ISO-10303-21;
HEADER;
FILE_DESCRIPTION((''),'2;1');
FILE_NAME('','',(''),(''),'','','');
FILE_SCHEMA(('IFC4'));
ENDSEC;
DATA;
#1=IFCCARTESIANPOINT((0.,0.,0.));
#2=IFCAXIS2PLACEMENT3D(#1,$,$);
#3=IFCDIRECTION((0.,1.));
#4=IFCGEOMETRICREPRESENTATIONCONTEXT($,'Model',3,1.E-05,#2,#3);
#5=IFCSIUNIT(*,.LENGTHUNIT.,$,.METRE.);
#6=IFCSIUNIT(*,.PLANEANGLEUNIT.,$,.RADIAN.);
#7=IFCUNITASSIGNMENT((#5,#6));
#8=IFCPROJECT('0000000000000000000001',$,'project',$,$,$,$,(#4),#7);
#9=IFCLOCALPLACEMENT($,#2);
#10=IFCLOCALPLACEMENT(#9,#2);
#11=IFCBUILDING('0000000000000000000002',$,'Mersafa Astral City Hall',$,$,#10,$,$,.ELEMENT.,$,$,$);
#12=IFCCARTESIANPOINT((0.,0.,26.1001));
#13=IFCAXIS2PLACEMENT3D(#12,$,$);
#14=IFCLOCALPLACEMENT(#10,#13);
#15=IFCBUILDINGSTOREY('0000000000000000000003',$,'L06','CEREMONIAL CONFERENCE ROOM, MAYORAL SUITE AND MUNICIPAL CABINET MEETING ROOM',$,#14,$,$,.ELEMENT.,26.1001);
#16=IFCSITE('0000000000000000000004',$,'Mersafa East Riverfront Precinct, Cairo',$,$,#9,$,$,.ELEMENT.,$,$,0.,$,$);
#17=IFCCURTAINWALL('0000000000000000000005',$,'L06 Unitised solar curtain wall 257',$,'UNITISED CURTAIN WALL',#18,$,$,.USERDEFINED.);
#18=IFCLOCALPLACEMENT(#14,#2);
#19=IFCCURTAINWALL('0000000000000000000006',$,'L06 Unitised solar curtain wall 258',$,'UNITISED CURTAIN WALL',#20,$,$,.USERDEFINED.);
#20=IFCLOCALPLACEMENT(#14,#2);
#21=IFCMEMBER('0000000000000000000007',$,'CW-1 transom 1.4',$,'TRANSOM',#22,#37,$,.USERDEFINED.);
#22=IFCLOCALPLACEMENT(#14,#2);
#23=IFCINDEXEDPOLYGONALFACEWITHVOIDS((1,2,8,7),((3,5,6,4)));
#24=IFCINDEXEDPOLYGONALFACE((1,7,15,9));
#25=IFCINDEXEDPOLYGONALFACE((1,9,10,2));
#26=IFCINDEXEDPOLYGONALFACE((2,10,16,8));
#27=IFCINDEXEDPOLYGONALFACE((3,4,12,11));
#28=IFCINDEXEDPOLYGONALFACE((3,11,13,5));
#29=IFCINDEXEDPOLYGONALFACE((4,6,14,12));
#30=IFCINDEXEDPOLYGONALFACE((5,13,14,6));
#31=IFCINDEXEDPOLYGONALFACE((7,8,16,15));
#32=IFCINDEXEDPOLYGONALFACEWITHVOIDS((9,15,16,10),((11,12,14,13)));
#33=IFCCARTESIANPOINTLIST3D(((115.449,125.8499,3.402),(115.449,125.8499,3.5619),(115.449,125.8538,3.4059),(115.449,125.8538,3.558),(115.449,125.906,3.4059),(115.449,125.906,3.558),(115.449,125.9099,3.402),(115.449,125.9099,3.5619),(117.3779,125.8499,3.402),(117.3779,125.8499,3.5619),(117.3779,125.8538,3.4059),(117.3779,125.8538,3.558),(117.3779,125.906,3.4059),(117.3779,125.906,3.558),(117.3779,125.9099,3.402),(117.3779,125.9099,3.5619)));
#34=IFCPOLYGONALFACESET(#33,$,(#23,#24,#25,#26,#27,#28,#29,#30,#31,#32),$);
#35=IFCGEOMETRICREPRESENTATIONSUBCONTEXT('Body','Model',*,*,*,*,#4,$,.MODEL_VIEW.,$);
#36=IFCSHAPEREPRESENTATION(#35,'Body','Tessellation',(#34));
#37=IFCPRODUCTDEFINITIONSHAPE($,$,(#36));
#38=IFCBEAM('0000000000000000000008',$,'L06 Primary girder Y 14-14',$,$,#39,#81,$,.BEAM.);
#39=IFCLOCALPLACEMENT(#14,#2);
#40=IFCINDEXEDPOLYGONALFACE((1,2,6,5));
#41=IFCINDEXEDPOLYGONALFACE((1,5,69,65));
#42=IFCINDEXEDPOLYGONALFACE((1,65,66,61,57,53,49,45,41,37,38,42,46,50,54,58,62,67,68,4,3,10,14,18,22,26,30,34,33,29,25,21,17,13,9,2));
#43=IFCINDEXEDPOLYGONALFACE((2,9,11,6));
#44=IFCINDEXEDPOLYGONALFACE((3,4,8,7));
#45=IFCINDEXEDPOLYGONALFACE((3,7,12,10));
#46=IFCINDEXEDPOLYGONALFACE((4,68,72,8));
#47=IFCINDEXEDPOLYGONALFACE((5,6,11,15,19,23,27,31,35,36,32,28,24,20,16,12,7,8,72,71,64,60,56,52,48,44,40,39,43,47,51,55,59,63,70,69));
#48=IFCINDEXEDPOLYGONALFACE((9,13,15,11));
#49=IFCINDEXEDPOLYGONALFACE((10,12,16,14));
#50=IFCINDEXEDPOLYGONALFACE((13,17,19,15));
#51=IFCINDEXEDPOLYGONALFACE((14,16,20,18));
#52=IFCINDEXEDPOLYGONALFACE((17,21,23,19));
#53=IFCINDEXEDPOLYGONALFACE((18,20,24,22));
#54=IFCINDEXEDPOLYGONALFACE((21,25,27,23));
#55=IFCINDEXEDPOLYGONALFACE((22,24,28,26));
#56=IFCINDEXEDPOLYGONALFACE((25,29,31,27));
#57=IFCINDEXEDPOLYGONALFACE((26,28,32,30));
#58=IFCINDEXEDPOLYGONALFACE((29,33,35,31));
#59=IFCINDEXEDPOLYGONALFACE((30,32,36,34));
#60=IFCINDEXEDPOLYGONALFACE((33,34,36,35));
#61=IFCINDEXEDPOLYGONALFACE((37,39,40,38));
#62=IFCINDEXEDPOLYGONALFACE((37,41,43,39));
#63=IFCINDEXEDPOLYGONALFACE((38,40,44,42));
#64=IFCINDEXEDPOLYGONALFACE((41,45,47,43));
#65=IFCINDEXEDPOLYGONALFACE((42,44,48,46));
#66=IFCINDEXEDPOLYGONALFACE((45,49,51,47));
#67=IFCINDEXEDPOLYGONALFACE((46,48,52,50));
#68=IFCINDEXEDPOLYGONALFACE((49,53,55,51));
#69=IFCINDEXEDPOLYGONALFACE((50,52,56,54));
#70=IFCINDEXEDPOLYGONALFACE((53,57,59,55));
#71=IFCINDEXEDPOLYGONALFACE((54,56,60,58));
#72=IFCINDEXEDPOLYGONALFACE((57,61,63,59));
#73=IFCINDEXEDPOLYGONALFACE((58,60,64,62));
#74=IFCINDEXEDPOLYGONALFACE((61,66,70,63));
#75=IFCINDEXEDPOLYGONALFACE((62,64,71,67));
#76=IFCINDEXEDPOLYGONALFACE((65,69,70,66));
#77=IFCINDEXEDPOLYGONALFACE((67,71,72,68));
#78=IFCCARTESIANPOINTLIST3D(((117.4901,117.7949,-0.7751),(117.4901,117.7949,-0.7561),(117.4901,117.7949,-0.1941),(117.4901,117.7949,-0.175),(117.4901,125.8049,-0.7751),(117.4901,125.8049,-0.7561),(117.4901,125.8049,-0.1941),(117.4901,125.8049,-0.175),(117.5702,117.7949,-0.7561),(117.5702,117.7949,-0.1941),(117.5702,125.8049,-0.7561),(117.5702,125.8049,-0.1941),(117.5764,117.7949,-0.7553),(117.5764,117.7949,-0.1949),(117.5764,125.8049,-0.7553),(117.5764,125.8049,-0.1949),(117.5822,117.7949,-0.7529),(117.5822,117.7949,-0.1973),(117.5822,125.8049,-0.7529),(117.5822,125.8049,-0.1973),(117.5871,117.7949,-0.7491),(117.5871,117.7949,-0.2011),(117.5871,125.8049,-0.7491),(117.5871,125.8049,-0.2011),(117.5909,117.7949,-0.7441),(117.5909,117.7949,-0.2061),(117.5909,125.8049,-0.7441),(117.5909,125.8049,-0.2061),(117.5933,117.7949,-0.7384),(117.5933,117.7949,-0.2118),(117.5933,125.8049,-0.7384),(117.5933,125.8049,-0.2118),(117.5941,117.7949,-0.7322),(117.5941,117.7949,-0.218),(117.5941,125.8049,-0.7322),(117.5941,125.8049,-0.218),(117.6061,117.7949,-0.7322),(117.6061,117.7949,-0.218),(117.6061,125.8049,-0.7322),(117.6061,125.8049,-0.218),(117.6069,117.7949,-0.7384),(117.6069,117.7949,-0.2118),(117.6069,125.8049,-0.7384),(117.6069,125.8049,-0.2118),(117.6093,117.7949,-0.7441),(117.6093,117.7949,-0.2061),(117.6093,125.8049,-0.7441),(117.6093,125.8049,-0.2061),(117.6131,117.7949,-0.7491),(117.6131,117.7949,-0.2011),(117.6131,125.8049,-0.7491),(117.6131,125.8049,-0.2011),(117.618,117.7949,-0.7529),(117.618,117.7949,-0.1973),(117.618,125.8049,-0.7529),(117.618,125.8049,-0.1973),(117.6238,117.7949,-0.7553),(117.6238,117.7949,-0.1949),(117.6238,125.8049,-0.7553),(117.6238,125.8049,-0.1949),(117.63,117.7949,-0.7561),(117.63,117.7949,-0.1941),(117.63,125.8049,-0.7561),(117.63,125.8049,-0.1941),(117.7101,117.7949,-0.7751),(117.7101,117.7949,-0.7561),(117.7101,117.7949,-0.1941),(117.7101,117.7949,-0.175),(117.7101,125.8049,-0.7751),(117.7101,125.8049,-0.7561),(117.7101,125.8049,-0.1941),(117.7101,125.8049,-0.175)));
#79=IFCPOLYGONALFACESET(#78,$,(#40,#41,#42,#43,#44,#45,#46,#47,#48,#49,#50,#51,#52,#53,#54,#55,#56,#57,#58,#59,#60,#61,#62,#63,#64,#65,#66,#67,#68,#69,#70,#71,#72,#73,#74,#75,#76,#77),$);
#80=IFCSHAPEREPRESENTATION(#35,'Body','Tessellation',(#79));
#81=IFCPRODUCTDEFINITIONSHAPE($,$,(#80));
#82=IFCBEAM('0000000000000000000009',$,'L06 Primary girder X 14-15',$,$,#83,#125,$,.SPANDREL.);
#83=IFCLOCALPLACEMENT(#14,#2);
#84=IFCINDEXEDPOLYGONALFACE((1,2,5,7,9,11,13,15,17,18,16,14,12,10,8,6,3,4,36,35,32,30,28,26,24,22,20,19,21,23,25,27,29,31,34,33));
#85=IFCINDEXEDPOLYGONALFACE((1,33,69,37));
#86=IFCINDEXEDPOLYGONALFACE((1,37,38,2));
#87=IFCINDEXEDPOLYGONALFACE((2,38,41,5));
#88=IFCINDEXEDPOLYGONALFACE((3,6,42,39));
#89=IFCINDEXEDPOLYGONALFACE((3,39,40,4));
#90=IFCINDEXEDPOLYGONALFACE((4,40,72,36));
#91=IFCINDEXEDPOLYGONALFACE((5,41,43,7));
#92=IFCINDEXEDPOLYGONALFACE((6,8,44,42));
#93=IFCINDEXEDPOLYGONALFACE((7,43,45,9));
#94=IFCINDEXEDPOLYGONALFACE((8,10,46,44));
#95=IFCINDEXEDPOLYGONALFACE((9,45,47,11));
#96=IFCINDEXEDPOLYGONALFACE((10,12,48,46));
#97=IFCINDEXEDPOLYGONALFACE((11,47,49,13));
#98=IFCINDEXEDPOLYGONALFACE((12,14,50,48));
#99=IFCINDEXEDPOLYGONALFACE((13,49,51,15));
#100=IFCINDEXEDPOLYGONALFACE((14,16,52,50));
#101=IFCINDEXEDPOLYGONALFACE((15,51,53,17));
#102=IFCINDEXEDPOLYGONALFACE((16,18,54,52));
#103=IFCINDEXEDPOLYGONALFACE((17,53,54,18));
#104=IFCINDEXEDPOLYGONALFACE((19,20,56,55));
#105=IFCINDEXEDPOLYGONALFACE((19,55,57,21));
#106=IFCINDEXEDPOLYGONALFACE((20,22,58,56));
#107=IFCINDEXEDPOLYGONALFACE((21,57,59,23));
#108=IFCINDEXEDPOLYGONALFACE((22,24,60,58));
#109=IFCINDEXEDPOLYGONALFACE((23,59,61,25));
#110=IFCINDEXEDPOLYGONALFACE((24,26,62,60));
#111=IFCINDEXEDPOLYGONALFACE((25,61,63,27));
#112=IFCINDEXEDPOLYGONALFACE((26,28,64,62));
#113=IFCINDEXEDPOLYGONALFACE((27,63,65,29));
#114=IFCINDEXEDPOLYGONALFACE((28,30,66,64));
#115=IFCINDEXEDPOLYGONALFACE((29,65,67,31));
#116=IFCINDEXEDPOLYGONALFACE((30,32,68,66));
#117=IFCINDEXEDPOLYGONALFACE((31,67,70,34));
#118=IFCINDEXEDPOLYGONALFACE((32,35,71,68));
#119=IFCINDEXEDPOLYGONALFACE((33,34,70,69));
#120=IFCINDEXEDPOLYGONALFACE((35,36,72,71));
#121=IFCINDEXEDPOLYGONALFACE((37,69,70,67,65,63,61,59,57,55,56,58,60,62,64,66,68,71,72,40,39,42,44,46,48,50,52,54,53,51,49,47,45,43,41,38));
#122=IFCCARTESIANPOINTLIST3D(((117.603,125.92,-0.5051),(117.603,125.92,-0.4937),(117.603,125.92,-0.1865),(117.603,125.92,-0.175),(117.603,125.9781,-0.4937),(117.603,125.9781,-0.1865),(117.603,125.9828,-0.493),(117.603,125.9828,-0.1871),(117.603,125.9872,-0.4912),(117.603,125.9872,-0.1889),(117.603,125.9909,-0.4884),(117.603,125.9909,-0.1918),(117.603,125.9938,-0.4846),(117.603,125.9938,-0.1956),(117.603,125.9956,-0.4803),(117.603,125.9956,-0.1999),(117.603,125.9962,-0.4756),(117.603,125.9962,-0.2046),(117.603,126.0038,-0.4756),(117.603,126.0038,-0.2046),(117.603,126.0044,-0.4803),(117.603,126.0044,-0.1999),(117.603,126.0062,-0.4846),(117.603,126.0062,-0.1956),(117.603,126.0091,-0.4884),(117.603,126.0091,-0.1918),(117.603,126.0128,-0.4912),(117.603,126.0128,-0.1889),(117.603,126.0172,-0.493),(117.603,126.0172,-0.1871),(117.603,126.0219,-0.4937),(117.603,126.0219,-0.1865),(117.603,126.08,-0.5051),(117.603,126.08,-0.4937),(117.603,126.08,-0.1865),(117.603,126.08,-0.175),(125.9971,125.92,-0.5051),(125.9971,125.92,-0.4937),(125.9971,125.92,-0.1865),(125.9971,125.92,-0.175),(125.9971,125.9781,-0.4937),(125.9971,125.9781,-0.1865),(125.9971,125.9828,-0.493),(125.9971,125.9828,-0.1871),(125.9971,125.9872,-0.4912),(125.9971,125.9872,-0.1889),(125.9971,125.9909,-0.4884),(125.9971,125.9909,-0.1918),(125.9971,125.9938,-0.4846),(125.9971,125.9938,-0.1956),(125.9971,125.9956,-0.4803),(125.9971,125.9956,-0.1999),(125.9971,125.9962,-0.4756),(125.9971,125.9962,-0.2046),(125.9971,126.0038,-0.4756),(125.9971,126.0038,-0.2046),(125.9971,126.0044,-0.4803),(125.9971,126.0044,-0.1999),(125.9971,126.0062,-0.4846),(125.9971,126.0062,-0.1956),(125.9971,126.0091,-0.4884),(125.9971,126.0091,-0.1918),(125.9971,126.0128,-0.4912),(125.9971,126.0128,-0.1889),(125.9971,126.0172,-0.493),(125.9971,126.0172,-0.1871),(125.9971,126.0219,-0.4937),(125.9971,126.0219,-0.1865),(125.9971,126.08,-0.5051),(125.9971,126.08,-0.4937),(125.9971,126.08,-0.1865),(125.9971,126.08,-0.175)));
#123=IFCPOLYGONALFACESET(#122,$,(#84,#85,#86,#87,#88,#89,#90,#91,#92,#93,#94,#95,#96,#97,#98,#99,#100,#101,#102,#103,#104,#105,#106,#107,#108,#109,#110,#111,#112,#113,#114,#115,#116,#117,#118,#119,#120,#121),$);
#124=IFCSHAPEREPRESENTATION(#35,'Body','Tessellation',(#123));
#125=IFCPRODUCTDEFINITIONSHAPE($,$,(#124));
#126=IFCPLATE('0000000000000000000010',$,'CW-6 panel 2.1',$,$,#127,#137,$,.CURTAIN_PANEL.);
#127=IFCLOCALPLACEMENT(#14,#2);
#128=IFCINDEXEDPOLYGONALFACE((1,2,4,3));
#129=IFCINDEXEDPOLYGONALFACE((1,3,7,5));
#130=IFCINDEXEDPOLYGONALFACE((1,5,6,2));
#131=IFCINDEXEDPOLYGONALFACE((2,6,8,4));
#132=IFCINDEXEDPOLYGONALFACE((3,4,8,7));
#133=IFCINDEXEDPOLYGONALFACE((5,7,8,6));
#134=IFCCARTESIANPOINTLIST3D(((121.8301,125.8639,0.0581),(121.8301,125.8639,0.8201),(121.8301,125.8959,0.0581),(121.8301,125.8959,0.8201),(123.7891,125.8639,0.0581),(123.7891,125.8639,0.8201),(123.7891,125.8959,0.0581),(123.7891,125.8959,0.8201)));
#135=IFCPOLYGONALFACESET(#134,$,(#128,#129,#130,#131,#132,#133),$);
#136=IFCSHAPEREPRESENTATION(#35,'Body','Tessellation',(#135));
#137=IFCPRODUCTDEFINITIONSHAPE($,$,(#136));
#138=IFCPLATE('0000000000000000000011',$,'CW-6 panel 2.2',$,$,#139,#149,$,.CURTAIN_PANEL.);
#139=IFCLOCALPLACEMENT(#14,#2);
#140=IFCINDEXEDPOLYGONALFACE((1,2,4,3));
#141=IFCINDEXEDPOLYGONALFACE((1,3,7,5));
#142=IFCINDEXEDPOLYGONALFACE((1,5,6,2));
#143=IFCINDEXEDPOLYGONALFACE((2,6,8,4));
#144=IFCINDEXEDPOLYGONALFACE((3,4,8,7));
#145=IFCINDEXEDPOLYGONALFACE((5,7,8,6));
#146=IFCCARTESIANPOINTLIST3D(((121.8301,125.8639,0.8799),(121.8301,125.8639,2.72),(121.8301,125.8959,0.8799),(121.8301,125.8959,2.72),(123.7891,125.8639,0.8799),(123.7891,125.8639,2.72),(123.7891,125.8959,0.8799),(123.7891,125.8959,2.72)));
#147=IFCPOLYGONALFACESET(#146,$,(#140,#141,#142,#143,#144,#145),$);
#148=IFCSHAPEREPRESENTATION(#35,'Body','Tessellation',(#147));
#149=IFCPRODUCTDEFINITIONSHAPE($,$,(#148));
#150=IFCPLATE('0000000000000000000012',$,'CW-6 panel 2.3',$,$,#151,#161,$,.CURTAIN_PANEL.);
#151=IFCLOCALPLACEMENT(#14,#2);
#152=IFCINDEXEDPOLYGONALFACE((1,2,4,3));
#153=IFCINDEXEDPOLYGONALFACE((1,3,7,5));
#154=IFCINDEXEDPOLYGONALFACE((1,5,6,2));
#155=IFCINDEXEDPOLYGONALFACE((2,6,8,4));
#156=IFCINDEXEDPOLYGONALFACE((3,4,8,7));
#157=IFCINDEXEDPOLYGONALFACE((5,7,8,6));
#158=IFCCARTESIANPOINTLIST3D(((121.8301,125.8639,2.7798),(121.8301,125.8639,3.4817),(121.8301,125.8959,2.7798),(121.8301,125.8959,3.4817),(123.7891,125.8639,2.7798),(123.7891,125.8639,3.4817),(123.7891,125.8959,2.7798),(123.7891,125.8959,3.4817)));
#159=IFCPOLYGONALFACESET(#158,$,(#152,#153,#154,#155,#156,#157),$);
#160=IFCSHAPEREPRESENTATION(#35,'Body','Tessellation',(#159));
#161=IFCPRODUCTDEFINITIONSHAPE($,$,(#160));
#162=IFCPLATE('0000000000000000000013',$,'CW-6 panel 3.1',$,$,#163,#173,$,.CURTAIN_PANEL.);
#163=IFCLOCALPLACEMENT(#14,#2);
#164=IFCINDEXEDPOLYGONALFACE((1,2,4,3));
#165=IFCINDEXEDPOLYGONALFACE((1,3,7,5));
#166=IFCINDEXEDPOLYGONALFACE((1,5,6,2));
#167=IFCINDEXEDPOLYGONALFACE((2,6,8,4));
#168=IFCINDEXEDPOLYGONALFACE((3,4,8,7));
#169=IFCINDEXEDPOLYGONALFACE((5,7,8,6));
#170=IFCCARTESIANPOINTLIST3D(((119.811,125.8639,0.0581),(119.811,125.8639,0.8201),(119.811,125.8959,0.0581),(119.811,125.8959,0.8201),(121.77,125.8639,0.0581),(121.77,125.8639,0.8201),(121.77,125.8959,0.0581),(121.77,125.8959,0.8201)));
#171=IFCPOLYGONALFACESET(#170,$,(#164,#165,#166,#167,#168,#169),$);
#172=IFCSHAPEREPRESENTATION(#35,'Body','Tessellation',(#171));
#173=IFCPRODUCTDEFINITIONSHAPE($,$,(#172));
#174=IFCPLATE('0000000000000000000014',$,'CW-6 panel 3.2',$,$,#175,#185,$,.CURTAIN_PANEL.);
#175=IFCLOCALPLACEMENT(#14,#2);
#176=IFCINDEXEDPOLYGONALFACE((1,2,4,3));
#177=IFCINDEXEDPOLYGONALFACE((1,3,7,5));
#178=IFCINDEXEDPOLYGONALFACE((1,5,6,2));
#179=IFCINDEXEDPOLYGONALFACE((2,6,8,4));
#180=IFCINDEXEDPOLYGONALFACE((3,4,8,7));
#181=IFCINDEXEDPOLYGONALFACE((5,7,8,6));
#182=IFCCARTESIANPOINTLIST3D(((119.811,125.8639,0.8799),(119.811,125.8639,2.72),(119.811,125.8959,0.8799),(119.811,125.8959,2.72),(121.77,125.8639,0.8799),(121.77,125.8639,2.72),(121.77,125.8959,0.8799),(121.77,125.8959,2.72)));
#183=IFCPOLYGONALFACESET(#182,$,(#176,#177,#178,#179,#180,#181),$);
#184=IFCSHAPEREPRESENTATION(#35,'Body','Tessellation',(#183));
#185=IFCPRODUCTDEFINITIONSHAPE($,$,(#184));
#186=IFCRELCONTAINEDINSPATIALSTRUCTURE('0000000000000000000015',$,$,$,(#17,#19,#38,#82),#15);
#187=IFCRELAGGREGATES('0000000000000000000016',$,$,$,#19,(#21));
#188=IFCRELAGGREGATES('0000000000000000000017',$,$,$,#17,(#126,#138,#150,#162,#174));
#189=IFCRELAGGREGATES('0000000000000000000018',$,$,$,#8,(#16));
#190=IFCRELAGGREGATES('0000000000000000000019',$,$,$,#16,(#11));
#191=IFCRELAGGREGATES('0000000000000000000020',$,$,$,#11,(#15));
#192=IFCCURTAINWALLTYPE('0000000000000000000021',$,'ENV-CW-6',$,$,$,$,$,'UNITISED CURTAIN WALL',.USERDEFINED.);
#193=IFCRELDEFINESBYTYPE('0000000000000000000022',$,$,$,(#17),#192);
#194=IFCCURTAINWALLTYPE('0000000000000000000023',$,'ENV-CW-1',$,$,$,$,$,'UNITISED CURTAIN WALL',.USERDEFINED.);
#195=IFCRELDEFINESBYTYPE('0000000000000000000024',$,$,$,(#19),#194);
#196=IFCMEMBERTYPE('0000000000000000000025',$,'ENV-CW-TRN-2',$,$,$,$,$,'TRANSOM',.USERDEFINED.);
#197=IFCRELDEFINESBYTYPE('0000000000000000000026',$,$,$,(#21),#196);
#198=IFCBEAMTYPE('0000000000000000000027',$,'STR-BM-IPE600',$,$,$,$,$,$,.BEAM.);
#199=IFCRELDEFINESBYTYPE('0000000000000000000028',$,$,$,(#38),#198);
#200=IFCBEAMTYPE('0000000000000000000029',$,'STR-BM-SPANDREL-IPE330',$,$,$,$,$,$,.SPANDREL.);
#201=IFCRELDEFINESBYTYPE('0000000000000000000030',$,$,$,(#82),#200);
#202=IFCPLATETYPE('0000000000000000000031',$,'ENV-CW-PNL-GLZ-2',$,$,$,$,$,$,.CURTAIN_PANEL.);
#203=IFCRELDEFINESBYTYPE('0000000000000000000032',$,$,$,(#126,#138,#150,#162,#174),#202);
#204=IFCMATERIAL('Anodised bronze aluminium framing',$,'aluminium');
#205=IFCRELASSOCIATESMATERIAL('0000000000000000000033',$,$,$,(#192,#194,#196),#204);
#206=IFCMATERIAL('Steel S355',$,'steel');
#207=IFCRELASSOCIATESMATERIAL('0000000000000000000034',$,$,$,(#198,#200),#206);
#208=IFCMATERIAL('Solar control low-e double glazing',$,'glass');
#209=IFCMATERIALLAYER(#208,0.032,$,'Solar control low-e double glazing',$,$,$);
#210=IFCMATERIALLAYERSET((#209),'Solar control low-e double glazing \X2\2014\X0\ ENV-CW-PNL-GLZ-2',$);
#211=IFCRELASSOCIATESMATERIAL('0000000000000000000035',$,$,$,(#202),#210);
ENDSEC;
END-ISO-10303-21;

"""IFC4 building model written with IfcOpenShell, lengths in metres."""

from ifc_helpers import new_model, si_unit, direction, frame, origin, origin_2d, place, context, subcontext, project, spatial, rectangle, hollow_rectangle, i_section, extrude, material, layer, layer_set, material_profile, profile_set, type_object, element, aggregate, save


model = new_model("IFC4")

# Units and contexts
model_context = context("Model", 3, precision=1e-05, world=origin(), true_north=direction((0.0, 1.0)))
body_context = subcontext(model_context, "Body", "Model", "MODEL_VIEW")
ifc_project = project(units=[si_unit("LENGTHUNIT", "METRE"), si_unit("PLANEANGLEUNIT", "RADIAN")], contexts=[model_context])

# Site, building, storey
site_placement = place(None, origin())
site = spatial("IfcSite", under=ifc_project, at=site_placement, Name="Mersafa East Riverfront Precinct, Cairo", CompositionType="ELEMENT", RefElevation=0.0)
building_placement = place(site_placement, origin())
building = spatial("IfcBuilding", under=site, at=building_placement, Name="Mersafa Astral City Hall", CompositionType="ELEMENT")
storey_placement = place(building_placement, frame((0.0, 0.0, 26.1001)))
storey = spatial("IfcBuildingStorey", under=building, at=storey_placement, Name="L06", Description="CEREMONIAL CONFERENCE ROOM, MAYORAL SUITE AND MUNICIPAL CABINET MEETING ROOM", CompositionType="ELEMENT", Elevation=26.1001)

# Shared definitions
ifc_material_1 = material(Name="Steel S355", Category="steel")

# Curtain wall
ifc_material_2 = material(Name="Anodised bronze aluminium framing", Category="aluminium")
curtain_wall_type_1 = type_object("IfcCurtainWallType", Name="ENV-CW-6", ElementType="UNITISED CURTAIN WALL", PredefinedType="USERDEFINED", material=ifc_material_2)
curtain_wall_1_placement = place(storey_placement, origin())
curtain_wall_1 = element("IfcCurtainWall", 1, at=curtain_wall_1_placement, inside=storey, type_object=curtain_wall_type_1, Name="L06 Unitised solar curtain wall 257", ObjectType="UNITISED CURTAIN WALL", PredefinedType="USERDEFINED")

# Curtain wall
curtain_wall_type_2 = type_object("IfcCurtainWallType", Name="ENV-CW-1", ElementType="UNITISED CURTAIN WALL", PredefinedType="USERDEFINED", material=ifc_material_2)
curtain_wall_2_placement = place(storey_placement, origin())
curtain_wall_2 = element("IfcCurtainWall", 2, at=curtain_wall_2_placement, inside=storey, type_object=curtain_wall_type_2, Name="L06 Unitised solar curtain wall 258", ObjectType="UNITISED CURTAIN WALL", PredefinedType="USERDEFINED")

# Member
ifc_material_profile_1 = material_profile(ifc_material_2, hollow_rectangle(XDim=0.0601, YDim=0.1599, WallThickness=0.0039, at=origin_2d()), Name="RHS 60x160x4")
ifc_profile_set_1 = profile_set([ifc_material_profile_1], Name="Anodised bronze aluminium framing")
member_type_1 = type_object("IfcMemberType", Name="ENV-CW-TRN-2", ElementType="TRANSOM", PredefinedType="USERDEFINED", material=ifc_profile_set_1)
member_1_placement = place(storey_placement, frame((117.3779, 125.8799, 3.4819), z_axis=(-1.0, 0.0, 0.0), x_axis=(0.0, -1.0, 0.0)))
member_1 = element("IfcMember", 3, at=member_1_placement, type_object=member_type_1, Name="CW-1 transom 1.4", ObjectType="TRANSOM", PredefinedType="USERDEFINED", context=body_context, shape_type="SweptSolid", body=[
    extrude(hollow_rectangle(XDim=0.0601, YDim=0.1599, WallThickness=0.0039, at=origin_2d()), origin(), (0.0, 0.0, 1.0), 1.929),
])
aggregate(curtain_wall_2, [member_1])

# Beams
ifc_material_profile_2 = material_profile(ifc_material_1, i_section(OverallWidth=0.22, OverallDepth=0.6001, WebThickness=0.012, FlangeThickness=0.019, FilletRadius=0.0239, at=origin_2d()), Name="IPE 600")
ifc_profile_set_2 = profile_set([ifc_material_profile_2], Name="Steel S355")
beam_type_1 = type_object("IfcBeamType", Name="STR-BM-IPE600", PredefinedType="BEAM", material=ifc_profile_set_2)
beam_1_placement = place(storey_placement, frame((117.6001, 117.7949, -0.4751), z_axis=(0.0, 1.0, 0.0), x_axis=(-1.0, 0.0, 0.0)))
element("IfcBeam", 4, at=beam_1_placement, inside=storey, type_object=beam_type_1, Name="L06 Primary girder Y 14-14", PredefinedType="BEAM", context=body_context, shape_type="SweptSolid", body=[
    extrude(i_section(OverallWidth=0.22, OverallDepth=0.6001, WebThickness=0.012, FlangeThickness=0.019, FilletRadius=0.0239, at=origin_2d()), origin(), (0.0, 0.0, 1.0), 8.01),
])
ifc_material_profile_3 = material_profile(ifc_material_1, i_section(OverallWidth=0.1599, OverallDepth=0.3301, WebThickness=0.0076, FlangeThickness=0.0115, FilletRadius=0.0181, at=origin_2d()), Name="IPE 330")
ifc_profile_set_3 = profile_set([ifc_material_profile_3], Name="Steel S355")
beam_type_2 = type_object("IfcBeamType", Name="STR-BM-SPANDREL-IPE330", PredefinedType="SPANDREL", material=ifc_profile_set_3)
beam_2_placement = place(storey_placement, frame((117.603, 126.0, -0.3401), z_axis=(1.0, 0.0, 0.0), x_axis=(0.0, 1.0, 0.0)))
element("IfcBeam", 5, at=beam_2_placement, inside=storey, type_object=beam_type_2, Name="L06 Primary girder X 14-15", PredefinedType="SPANDREL", context=body_context, shape_type="SweptSolid", body=[
    extrude(i_section(OverallWidth=0.1599, OverallDepth=0.3301, WebThickness=0.0076, FlangeThickness=0.0115, FilletRadius=0.0181, at=origin_2d()), origin(), (0.0, 0.0, 1.0), 8.394),
])

# Plates
ifc_material_3 = material(Name="Solar control low-e double glazing", Category="glass")
ifc_layer_1 = layer(ifc_material_3, 0.032, Name="Solar control low-e double glazing")
ifc_layer_set_1 = layer_set([ifc_layer_1], Name="Solar control low-e double glazing — ENV-CW-PNL-GLZ-2")
plate_type = type_object("IfcPlateType", Name="ENV-CW-PNL-GLZ-2", PredefinedType="CURTAIN_PANEL", material=ifc_layer_set_1)
plate_1_placement = place(storey_placement, frame((122.8096, 125.8799, 0.0581), z_axis=(0.0, 0.0, 1.0), x_axis=(-1.0, 0.0, 0.0)))
plate_1 = element("IfcPlate", 6, at=plate_1_placement, type_object=plate_type, Name="CW-6 panel 2.1", PredefinedType="CURTAIN_PANEL", context=body_context, shape_type="SweptSolid", body=[
    extrude(rectangle(XDim=1.959, YDim=0.032, at=origin_2d()), origin(), (0.0, 0.0, 1.0), 0.762),
])
plate_2_placement = place(storey_placement, frame((122.8096, 125.8799, 0.8799), z_axis=(0.0, 0.0, 1.0), x_axis=(-1.0, 0.0, 0.0)))
plate_2 = element("IfcPlate", 7, at=plate_2_placement, type_object=plate_type, Name="CW-6 panel 2.2", PredefinedType="CURTAIN_PANEL", context=body_context, shape_type="SweptSolid", body=[
    extrude(rectangle(XDim=1.959, YDim=0.032, at=origin_2d()), origin(), (0.0, 0.0, 1.0), 1.8401),
])
plate_3_placement = place(storey_placement, frame((122.8096, 125.8799, 2.7798), z_axis=(0.0, 0.0, 1.0), x_axis=(-1.0, 0.0, 0.0)))
plate_3 = element("IfcPlate", 8, at=plate_3_placement, type_object=plate_type, Name="CW-6 panel 2.3", PredefinedType="CURTAIN_PANEL", context=body_context, shape_type="SweptSolid", body=[
    extrude(rectangle(XDim=1.959, YDim=0.032, at=origin_2d()), origin(), (0.0, 0.0, 1.0), 0.7019),
])
plate_4_placement = place(storey_placement, frame((120.7905, 125.8799, 0.0581), z_axis=(0.0, 0.0, 1.0), x_axis=(-1.0, 0.0, 0.0)))
plate_4 = element("IfcPlate", 9, at=plate_4_placement, type_object=plate_type, Name="CW-6 panel 3.1", PredefinedType="CURTAIN_PANEL", context=body_context, shape_type="SweptSolid", body=[
    extrude(rectangle(XDim=1.959, YDim=0.032, at=origin_2d()), origin(), (0.0, 0.0, 1.0), 0.762),
])
plate_5_placement = place(storey_placement, frame((120.7905, 125.8799, 0.8799), z_axis=(0.0, 0.0, 1.0), x_axis=(-1.0, 0.0, 0.0)))
plate_5 = element("IfcPlate", 10, at=plate_5_placement, type_object=plate_type, Name="CW-6 panel 3.2", PredefinedType="CURTAIN_PANEL", context=body_context, shape_type="SweptSolid", body=[
    extrude(rectangle(XDim=1.959, YDim=0.032, at=origin_2d()), origin(), (0.0, 0.0, 1.0), 1.8401),
])
aggregate(curtain_wall_1, [plate_1, plate_2, plate_3, plate_4, plate_5])

save(model, "model.ifc")
